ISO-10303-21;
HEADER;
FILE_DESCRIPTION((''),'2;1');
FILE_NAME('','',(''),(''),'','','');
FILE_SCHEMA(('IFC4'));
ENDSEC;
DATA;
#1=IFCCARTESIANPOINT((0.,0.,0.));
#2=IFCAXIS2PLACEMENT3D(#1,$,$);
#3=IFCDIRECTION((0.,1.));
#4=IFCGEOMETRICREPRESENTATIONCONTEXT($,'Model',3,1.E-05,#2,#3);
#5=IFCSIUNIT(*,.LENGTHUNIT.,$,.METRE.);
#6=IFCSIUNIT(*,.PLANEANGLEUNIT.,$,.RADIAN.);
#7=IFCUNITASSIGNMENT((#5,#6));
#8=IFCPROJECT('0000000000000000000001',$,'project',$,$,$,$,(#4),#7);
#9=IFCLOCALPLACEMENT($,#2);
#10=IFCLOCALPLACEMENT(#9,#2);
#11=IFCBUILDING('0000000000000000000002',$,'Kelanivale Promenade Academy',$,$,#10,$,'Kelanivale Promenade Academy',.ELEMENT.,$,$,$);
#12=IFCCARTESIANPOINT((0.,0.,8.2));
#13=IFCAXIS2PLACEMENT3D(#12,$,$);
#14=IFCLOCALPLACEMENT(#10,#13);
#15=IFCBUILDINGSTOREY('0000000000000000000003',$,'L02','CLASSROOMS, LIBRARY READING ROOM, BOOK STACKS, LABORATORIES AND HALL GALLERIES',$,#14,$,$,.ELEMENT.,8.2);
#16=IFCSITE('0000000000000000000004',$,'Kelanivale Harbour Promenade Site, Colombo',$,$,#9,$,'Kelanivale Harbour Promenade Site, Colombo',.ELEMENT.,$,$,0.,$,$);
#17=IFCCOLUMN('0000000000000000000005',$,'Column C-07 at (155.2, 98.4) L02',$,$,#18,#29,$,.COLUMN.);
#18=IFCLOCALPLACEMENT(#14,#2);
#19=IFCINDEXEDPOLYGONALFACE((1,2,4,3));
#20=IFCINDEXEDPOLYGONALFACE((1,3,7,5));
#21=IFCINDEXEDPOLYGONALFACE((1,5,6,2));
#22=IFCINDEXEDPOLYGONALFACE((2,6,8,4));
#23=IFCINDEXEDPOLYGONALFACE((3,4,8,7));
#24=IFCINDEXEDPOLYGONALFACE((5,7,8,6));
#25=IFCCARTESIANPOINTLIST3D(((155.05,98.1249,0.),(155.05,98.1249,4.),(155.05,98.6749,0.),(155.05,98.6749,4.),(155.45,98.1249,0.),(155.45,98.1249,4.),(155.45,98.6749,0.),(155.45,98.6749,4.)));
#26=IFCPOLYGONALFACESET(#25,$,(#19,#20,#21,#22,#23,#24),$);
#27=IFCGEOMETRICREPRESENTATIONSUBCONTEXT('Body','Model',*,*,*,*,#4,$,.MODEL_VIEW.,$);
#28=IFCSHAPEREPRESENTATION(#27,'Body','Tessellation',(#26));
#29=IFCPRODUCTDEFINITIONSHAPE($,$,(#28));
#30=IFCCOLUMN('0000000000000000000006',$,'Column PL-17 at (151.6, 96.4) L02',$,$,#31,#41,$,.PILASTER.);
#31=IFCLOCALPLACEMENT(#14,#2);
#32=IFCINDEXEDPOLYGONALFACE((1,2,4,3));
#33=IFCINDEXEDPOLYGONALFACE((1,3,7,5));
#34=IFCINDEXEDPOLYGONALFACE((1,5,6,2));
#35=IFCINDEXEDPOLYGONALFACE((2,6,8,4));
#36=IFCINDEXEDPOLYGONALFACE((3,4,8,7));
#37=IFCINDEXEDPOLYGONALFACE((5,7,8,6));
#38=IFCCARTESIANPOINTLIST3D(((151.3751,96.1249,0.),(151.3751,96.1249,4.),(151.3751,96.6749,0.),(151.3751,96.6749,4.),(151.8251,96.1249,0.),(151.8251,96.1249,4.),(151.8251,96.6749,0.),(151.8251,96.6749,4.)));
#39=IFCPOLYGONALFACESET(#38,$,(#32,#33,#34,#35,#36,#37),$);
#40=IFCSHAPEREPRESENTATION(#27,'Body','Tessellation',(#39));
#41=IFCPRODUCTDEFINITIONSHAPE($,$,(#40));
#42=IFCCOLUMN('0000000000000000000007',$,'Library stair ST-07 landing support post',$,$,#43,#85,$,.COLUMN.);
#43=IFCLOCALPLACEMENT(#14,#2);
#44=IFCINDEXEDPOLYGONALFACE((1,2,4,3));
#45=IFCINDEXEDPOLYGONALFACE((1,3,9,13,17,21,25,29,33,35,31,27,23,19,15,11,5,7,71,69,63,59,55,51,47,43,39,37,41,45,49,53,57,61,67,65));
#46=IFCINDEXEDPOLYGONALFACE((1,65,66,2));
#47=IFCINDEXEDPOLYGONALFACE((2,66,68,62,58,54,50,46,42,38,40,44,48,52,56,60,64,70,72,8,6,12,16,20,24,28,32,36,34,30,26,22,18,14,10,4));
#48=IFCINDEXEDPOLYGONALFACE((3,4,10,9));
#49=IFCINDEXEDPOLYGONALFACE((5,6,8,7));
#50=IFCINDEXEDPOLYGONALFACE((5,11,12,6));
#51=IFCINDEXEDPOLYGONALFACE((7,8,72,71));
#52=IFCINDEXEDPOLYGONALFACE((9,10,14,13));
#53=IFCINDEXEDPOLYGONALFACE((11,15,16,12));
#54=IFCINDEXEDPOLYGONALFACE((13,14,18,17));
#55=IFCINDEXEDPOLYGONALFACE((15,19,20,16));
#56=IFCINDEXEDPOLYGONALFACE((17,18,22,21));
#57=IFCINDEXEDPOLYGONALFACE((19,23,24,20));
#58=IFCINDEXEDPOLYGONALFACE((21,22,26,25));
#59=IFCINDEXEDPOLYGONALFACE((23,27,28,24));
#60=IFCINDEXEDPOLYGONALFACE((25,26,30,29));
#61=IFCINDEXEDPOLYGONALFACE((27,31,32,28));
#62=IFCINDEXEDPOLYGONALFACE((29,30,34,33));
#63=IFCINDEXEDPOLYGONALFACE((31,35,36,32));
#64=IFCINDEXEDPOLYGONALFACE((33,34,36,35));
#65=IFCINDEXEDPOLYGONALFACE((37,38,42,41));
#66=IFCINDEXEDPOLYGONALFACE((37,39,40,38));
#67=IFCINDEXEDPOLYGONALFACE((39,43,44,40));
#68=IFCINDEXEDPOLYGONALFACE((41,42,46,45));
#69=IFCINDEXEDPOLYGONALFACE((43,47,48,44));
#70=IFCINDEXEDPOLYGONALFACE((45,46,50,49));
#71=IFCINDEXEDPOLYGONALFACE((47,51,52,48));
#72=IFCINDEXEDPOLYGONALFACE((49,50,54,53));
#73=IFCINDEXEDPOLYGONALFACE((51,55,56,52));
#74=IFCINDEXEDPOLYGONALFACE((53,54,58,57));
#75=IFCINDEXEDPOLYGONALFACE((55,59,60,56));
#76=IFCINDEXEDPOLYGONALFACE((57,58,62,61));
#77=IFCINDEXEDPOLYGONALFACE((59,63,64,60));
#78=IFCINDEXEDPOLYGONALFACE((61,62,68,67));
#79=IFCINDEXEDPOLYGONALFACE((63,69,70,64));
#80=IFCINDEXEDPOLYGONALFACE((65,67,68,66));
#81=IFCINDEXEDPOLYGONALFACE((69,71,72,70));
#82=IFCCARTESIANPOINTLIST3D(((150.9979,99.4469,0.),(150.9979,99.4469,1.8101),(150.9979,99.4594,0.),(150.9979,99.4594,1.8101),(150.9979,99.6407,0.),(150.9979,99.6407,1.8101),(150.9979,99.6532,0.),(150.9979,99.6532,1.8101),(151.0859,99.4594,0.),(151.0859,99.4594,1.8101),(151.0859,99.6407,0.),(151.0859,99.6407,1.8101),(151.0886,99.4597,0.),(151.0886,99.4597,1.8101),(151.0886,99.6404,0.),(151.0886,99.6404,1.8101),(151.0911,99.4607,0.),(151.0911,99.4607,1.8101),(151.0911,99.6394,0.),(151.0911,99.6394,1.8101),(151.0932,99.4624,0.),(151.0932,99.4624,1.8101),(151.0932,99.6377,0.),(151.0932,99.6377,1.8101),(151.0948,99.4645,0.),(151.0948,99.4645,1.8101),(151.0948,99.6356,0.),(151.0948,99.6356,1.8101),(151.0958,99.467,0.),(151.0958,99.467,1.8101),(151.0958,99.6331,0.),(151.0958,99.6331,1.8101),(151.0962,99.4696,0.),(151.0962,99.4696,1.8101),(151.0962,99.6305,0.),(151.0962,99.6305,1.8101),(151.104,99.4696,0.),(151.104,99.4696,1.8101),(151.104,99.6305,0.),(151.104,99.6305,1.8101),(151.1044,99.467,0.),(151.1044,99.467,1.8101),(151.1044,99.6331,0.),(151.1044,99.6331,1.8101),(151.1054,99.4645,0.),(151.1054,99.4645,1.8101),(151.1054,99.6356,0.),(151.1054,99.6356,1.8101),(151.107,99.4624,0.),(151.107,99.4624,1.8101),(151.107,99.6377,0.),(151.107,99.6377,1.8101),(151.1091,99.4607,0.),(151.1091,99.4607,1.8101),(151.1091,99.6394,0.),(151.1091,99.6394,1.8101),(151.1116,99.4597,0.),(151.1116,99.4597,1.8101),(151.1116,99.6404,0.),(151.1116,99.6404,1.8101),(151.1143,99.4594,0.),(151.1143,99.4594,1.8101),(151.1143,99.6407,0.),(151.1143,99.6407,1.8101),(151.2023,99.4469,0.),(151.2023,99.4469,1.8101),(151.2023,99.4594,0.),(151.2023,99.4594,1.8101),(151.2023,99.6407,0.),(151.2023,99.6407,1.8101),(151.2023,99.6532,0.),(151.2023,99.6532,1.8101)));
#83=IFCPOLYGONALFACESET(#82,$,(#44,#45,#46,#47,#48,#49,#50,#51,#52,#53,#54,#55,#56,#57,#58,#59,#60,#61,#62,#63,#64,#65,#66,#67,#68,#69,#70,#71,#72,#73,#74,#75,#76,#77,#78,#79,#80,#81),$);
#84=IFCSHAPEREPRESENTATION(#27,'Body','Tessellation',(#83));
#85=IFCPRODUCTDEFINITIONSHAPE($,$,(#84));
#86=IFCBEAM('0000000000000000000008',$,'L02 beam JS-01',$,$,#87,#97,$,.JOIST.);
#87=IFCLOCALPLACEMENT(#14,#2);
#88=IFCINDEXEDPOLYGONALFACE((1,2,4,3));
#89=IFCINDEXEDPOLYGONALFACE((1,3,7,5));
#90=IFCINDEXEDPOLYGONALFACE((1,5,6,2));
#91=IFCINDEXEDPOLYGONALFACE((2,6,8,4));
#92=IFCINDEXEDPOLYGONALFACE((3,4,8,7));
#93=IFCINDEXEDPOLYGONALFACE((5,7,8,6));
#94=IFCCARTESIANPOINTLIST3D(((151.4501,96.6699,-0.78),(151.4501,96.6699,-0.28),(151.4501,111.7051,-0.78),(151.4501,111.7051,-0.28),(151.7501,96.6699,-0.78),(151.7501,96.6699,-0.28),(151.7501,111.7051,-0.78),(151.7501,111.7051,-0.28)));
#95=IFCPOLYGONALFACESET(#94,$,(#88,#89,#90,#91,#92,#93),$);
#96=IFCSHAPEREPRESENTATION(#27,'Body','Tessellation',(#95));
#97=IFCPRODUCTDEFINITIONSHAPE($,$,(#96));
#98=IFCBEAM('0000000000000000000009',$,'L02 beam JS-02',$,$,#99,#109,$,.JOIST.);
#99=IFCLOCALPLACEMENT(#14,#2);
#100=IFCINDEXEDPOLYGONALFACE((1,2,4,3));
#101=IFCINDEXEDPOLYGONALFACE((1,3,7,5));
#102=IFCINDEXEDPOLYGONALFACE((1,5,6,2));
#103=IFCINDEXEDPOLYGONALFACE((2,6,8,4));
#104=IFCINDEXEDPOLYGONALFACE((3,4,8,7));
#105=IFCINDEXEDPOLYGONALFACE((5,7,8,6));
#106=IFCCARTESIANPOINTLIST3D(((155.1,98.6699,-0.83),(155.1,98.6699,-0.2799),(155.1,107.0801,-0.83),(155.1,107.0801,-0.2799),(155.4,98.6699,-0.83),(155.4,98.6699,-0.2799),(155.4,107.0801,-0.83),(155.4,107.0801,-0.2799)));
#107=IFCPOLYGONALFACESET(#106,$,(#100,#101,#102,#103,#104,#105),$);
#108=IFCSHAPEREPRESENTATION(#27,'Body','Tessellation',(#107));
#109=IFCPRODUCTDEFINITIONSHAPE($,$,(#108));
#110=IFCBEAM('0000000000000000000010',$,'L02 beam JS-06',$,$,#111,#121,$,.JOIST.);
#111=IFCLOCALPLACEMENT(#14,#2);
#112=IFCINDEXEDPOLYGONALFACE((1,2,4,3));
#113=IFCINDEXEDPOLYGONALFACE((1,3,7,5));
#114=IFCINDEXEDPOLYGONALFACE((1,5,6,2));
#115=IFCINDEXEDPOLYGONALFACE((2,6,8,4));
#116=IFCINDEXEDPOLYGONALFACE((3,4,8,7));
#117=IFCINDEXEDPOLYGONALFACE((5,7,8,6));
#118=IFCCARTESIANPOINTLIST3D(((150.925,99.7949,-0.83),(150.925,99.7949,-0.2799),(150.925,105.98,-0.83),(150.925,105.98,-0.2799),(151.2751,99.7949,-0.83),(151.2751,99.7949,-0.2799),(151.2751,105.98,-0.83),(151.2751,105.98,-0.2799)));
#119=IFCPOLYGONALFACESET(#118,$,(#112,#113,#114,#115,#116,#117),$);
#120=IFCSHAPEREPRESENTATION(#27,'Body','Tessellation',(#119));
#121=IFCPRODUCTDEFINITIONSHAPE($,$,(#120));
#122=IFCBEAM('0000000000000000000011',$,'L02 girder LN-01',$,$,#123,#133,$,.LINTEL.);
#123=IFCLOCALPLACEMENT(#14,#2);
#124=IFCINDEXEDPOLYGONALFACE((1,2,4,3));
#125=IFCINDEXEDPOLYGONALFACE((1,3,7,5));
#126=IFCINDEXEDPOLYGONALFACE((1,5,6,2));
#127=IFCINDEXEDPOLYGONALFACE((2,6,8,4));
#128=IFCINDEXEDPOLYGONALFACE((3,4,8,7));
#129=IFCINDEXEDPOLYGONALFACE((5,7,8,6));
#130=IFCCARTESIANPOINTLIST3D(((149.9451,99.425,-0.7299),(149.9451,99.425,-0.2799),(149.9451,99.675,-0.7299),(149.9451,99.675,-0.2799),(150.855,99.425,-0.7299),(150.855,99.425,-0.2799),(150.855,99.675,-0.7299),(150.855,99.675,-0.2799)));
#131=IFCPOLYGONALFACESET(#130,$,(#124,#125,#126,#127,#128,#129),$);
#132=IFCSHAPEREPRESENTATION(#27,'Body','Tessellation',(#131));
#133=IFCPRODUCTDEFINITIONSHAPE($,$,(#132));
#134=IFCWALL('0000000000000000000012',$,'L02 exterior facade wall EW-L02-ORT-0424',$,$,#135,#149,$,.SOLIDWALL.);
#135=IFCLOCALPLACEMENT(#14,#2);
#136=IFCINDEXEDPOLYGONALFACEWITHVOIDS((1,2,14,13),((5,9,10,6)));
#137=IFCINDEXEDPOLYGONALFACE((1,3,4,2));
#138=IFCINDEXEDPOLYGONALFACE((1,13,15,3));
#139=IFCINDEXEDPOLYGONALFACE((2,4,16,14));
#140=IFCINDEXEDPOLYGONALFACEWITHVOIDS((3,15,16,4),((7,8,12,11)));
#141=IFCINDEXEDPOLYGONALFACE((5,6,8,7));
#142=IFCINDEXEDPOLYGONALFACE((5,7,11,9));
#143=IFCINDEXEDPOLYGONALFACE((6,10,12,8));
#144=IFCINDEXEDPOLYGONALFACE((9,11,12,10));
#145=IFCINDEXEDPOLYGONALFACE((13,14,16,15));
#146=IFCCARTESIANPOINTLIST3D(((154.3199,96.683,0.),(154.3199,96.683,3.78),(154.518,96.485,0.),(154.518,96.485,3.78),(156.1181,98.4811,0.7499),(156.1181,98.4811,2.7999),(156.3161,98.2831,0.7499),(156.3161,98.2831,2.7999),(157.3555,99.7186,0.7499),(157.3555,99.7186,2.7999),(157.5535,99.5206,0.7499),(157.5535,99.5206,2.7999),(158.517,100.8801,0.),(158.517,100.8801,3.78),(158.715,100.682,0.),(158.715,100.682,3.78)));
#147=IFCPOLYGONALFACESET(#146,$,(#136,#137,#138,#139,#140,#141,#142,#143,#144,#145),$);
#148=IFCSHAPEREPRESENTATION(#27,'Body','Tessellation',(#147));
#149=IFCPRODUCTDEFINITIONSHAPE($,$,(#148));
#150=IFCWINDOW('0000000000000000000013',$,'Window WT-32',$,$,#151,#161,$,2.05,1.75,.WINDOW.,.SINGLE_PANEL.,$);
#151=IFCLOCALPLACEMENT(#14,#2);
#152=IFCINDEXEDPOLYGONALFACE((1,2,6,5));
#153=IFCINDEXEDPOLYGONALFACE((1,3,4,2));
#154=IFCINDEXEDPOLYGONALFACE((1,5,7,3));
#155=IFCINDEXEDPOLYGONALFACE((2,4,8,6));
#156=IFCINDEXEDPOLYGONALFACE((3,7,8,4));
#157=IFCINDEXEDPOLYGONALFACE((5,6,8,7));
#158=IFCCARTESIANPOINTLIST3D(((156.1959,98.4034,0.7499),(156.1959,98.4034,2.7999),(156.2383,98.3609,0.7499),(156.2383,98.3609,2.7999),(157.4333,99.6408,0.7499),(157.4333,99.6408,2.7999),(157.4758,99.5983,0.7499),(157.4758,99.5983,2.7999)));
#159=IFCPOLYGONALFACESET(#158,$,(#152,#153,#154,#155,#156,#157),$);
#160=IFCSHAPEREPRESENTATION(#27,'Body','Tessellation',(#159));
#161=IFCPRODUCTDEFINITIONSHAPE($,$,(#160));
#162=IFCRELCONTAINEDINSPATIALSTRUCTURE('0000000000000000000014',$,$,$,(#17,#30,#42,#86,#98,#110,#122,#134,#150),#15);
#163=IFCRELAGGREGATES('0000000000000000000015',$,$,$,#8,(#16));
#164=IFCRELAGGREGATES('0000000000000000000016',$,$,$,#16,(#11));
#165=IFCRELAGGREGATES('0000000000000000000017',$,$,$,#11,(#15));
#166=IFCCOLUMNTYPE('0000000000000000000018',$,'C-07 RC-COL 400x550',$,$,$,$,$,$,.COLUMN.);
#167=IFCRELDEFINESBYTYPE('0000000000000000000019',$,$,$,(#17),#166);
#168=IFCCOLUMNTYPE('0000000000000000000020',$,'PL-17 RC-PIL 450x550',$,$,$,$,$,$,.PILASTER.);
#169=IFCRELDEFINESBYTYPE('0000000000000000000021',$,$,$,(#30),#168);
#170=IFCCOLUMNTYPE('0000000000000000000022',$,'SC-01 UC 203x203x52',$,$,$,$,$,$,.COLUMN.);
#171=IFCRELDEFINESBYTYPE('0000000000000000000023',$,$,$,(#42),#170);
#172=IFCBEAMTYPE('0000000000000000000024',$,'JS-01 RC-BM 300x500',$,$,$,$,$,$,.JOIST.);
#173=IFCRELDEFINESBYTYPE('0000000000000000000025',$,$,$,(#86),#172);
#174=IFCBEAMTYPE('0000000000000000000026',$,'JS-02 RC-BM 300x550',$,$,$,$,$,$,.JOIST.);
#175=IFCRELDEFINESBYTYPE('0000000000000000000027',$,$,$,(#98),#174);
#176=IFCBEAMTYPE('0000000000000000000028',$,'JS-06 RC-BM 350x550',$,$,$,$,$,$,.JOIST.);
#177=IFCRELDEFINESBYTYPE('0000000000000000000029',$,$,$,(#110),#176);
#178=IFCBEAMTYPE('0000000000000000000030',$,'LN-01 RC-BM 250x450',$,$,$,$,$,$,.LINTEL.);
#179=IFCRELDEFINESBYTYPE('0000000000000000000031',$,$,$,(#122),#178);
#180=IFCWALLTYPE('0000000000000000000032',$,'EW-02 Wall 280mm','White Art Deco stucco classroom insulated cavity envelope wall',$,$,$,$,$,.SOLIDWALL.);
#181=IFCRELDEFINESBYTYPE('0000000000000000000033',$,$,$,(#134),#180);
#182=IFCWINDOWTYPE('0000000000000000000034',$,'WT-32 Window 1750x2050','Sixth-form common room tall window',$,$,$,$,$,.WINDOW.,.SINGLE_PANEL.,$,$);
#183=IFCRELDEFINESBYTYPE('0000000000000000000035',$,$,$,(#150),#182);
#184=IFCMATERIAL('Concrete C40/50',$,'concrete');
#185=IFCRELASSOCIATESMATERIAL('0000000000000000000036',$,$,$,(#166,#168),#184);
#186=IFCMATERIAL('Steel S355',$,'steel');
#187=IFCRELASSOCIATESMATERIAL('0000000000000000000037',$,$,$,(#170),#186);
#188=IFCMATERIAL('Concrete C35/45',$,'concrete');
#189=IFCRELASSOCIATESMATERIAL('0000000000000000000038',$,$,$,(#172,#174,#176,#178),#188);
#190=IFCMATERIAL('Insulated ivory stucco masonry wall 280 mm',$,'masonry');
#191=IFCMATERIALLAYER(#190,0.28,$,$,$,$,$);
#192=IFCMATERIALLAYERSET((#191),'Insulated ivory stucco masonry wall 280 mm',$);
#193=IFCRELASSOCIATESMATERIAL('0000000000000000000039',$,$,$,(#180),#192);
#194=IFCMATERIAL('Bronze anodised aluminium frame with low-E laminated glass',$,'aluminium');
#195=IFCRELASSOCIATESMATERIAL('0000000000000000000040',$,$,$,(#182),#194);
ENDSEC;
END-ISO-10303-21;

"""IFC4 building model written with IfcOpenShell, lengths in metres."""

from ifc_helpers import new_model, si_unit, direction, frame, frame_2d, origin, origin_2d, place, context, subcontext, project, spatial, rectangle, i_section, extrude, material, layer, layer_set, material_profile, profile_set, type_object, element, fill, save


model = new_model("IFC4")

# Units and contexts
model_context = context("Model", 3, precision=1e-05, world=origin(), true_north=direction((0.0, 1.0)))
body_context = subcontext(model_context, "Body", "Model", "MODEL_VIEW")
ifc_project = project(units=[si_unit("LENGTHUNIT", "METRE"), si_unit("PLANEANGLEUNIT", "RADIAN")], contexts=[model_context])

# Site, building, storey
site_placement = place(None, origin())
site = spatial("IfcSite", under=ifc_project, at=site_placement, Name="Kelanivale Harbour Promenade Site, Colombo", LongName="Kelanivale Harbour Promenade Site, Colombo", CompositionType="ELEMENT", RefElevation=0.0)
building_placement = place(site_placement, origin())
building = spatial("IfcBuilding", under=site, at=building_placement, Name="Kelanivale Promenade Academy", LongName="Kelanivale Promenade Academy", CompositionType="ELEMENT")
storey_placement = place(building_placement, frame((0.0, 0.0, 8.2)))
storey = spatial("IfcBuildingStorey", under=building, at=storey_placement, Name="L02", Description="CLASSROOMS, LIBRARY READING ROOM, BOOK STACKS, LABORATORIES AND HALL GALLERIES", CompositionType="ELEMENT", Elevation=8.2)

# Columns
ifc_material_1 = material(Name="Concrete C40/50", Category="concrete")
ifc_material_profile_1 = material_profile(ifc_material_1, rectangle(XDim=0.3999, YDim=0.55, at=origin_2d()), Name="RC-COL 400x550")
ifc_profile_set_1 = profile_set([ifc_material_profile_1], Name="Concrete C40/50")
column_type_1 = type_object("IfcColumnType", Name="C-07 RC-COL 400x550", PredefinedType="COLUMN", material=ifc_profile_set_1)
column_1_placement = place(storey_placement, frame((155.25, 98.3999, 0.0), z_axis=(0.0, 0.0, 1.0), x_axis=(1.0, 0.0, 0.0)))
element("IfcColumn", 1, at=column_1_placement, inside=storey, type_object=column_type_1, Name="Column C-07 at (155.2, 98.4) L02", PredefinedType="COLUMN", context=body_context, shape_type="SweptSolid", body=[
    extrude(rectangle(XDim=0.3999, YDim=0.55, at=origin_2d()), origin(), (0.0, 0.0, 1.0), 4.0),
])
ifc_material_profile_2 = material_profile(ifc_material_1, rectangle(XDim=0.45, YDim=0.55, at=origin_2d()), Name="RC-PIL 450x550")
ifc_profile_set_2 = profile_set([ifc_material_profile_2], Name="Concrete C40/50")
column_type_2 = type_object("IfcColumnType", Name="PL-17 RC-PIL 450x550", PredefinedType="PILASTER", material=ifc_profile_set_2)
column_2_placement = place(storey_placement, frame((151.6001, 96.3999, 0.0), z_axis=(0.0, 0.0, 1.0), x_axis=(1.0, 0.0, 0.0)))
element("IfcColumn", 2, at=column_2_placement, inside=storey, type_object=column_type_2, Name="Column PL-17 at (151.6, 96.4) L02", PredefinedType="PILASTER", context=body_context, shape_type="SweptSolid", body=[
    extrude(rectangle(XDim=0.45, YDim=0.55, at=origin_2d()), origin(), (0.0, 0.0, 1.0), 4.0),
])
ifc_material_2 = material(Name="Steel S355", Category="steel")
ifc_material_profile_3 = material_profile(ifc_material_2, i_section(OverallWidth=0.2043, OverallDepth=0.2063, WebThickness=0.0078, FlangeThickness=0.0125, FilletRadius=0.0103, at=origin_2d()), Name="UC 203x203x52")
ifc_profile_set_3 = profile_set([ifc_material_profile_3], Name="Steel S355")
column_type_3 = type_object("IfcColumnType", Name="SC-01 UC 203x203x52", PredefinedType="COLUMN", material=ifc_profile_set_3)
column_3_placement = place(storey_placement, frame((151.1001, 99.55, 0.0), z_axis=(0.0, 0.0, 1.0), x_axis=(1.0, 0.0, 0.0)))
element("IfcColumn", 3, at=column_3_placement, inside=storey, type_object=column_type_3, Name="Library stair ST-07 landing support post", PredefinedType="COLUMN", context=body_context, shape_type="SweptSolid", body=[
    extrude(i_section(OverallWidth=0.2043, OverallDepth=0.2063, WebThickness=0.0078, FlangeThickness=0.0125, FilletRadius=0.0103, at=origin_2d()), origin(), (0.0, 0.0, 1.0), 1.8101),
])

# Beams
ifc_material_3 = material(Name="Concrete C35/45", Category="concrete")
ifc_material_profile_4 = material_profile(ifc_material_3, rectangle(XDim=0.3, YDim=0.5, at=origin_2d()), Name="RC-BM 300x500")
ifc_profile_set_4 = profile_set([ifc_material_profile_4], Name="Concrete C35/45")
beam_type_1 = type_object("IfcBeamType", Name="JS-01 RC-BM 300x500", PredefinedType="JOIST", material=ifc_profile_set_4)
beam_1_placement = place(storey_placement, frame((151.6001, 96.6699, -0.53), z_axis=(0.0, 1.0, 0.0), x_axis=(-1.0, 0.0, 0.0)))
element("IfcBeam", 4, at=beam_1_placement, inside=storey, type_object=beam_type_1, Name="L02 beam JS-01", PredefinedType="JOIST", context=body_context, shape_type="SweptSolid", body=[
    extrude(rectangle(XDim=0.3, YDim=0.5, at=origin_2d()), origin(), (0.0, 0.0, 1.0), 15.0352),
])
ifc_material_profile_5 = material_profile(ifc_material_3, rectangle(XDim=0.3, YDim=0.55, at=origin_2d()), Name="RC-BM 300x550")
ifc_profile_set_5 = profile_set([ifc_material_profile_5], Name="Concrete C35/45")
beam_type_2 = type_object("IfcBeamType", Name="JS-02 RC-BM 300x550", PredefinedType="JOIST", material=ifc_profile_set_5)
beam_2_placement = place(storey_placement, frame((155.25, 98.6699, -0.5549), z_axis=(0.0, 1.0, 0.0), x_axis=(-1.0, 0.0, 0.0)))
element("IfcBeam", 5, at=beam_2_placement, inside=storey, type_object=beam_type_2, Name="L02 beam JS-02", PredefinedType="JOIST", context=body_context, shape_type="SweptSolid", body=[
    extrude(rectangle(XDim=0.3, YDim=0.55, at=origin_2d()), origin(), (0.0, 0.0, 1.0), 8.4102),
])
ifc_material_profile_6 = material_profile(ifc_material_3, rectangle(XDim=0.3501, YDim=0.55, at=origin_2d()), Name="RC-BM 350x550")
ifc_profile_set_6 = profile_set([ifc_material_profile_6], Name="Concrete C35/45")
beam_type_3 = type_object("IfcBeamType", Name="JS-06 RC-BM 350x550", PredefinedType="JOIST", material=ifc_profile_set_6)
beam_3_placement = place(storey_placement, frame((151.1001, 99.7949, -0.5549), z_axis=(0.0, 1.0, 0.0), x_axis=(-1.0, 0.0, 0.0)))
element("IfcBeam", 6, at=beam_3_placement, inside=storey, type_object=beam_type_3, Name="L02 beam JS-06", PredefinedType="JOIST", context=body_context, shape_type="SweptSolid", body=[
    extrude(rectangle(XDim=0.3501, YDim=0.55, at=origin_2d()), origin(), (0.0, 0.0, 1.0), 6.1851),
])
ifc_material_profile_7 = material_profile(ifc_material_3, rectangle(XDim=0.25, YDim=0.45, at=origin_2d()), Name="RC-BM 250x450")
ifc_profile_set_7 = profile_set([ifc_material_profile_7], Name="Concrete C35/45")
beam_type_4 = type_object("IfcBeamType", Name="LN-01 RC-BM 250x450", PredefinedType="LINTEL", material=ifc_profile_set_7)
beam_4_placement = place(storey_placement, frame((149.9451, 99.55, -0.5049), z_axis=(1.0, 0.0, 0.0), x_axis=(0.0, 1.0, 0.0)))
element("IfcBeam", 7, at=beam_4_placement, inside=storey, type_object=beam_type_4, Name="L02 girder LN-01", PredefinedType="LINTEL", context=body_context, shape_type="SweptSolid", body=[
    extrude(rectangle(XDim=0.25, YDim=0.45, at=origin_2d()), origin(), (0.0, 0.0, 1.0), 0.9099),
])

# Wall, opening, window
ifc_material_4 = material(Name="Insulated ivory stucco masonry wall 280 mm", Category="masonry")
ifc_layer_1 = layer(ifc_material_4, 0.28)
ifc_layer_set_1 = layer_set([ifc_layer_1], Name="Insulated ivory stucco masonry wall 280 mm")
wall_type_1 = type_object("IfcWallType", Name="EW-02 Wall 280mm", Description="White Art Deco stucco classroom insulated cavity envelope wall", PredefinedType="SOLIDWALL", material=ifc_layer_set_1)
wall_1_placement = place(storey_placement, frame((154.4189, 96.584, 0.0), z_axis=(0.0, 0.0, 1.0), x_axis=(0.707107, 0.707107, 0.0)))
wall_1 = element("IfcWall", 8, at=wall_1_placement, inside=storey, type_object=wall_type_1, Name="L02 exterior facade wall EW-L02-ORT-0424", PredefinedType="SOLIDWALL", context=body_context, shape_type="SweptSolid", body=[
    extrude(rectangle(XDim=5.9355, YDim=0.28, at=frame_2d((2.9678, 0.0))), origin(), (0.0, 0.0, 1.0), 3.78),
])
opening_1_placement = place(wall_1_placement, frame((2.543, 0.0, 0.75)))
opening_1 = element("IfcOpeningElement", 9, at=opening_1_placement, cuts=wall_1, PredefinedType="OPENING", context=body_context, shape_type="SweptSolid", body=[
    extrude(rectangle(XDim=1.75, YDim=2.05, at=frame_2d((0.875, 1.0249))), frame((0.0, 0.1499, 0.0), z_axis=(0.0, -1.0, 0.0), x_axis=(1.0, 0.0, 0.0)), (0.0, 0.0, 1.0), 0.3),
])
ifc_material_5 = material(Name="Bronze anodised aluminium frame with low-E laminated glass", Category="aluminium")
window_type_1 = type_object("IfcWindowType", Name="WT-32 Window 1750x2050", Description="Sixth-form common room tall window", PartitioningType="SINGLE_PANEL", PredefinedType="WINDOW", material=ifc_material_5)
window_1_placement = place(opening_1_placement, origin())
window_1 = element("IfcWindow", 10, at=window_1_placement, inside=storey, type_object=window_type_1, Name="Window WT-32", OverallHeight=2.05, OverallWidth=1.75, PartitioningType="SINGLE_PANEL", PredefinedType="WINDOW", context=body_context, shape_type="SweptSolid", body=[
    extrude(rectangle(XDim=1.75, YDim=2.05, at=frame_2d((0.875, 1.0249))), frame((0.0, 0.03, 0.0), z_axis=(0.0, -1.0, 0.0), x_axis=(1.0, 0.0, 0.0)), (0.0, 0.0, 1.0), 0.0601),
])
fill(opening_1, window_1)

save(model, "model.ifc")
